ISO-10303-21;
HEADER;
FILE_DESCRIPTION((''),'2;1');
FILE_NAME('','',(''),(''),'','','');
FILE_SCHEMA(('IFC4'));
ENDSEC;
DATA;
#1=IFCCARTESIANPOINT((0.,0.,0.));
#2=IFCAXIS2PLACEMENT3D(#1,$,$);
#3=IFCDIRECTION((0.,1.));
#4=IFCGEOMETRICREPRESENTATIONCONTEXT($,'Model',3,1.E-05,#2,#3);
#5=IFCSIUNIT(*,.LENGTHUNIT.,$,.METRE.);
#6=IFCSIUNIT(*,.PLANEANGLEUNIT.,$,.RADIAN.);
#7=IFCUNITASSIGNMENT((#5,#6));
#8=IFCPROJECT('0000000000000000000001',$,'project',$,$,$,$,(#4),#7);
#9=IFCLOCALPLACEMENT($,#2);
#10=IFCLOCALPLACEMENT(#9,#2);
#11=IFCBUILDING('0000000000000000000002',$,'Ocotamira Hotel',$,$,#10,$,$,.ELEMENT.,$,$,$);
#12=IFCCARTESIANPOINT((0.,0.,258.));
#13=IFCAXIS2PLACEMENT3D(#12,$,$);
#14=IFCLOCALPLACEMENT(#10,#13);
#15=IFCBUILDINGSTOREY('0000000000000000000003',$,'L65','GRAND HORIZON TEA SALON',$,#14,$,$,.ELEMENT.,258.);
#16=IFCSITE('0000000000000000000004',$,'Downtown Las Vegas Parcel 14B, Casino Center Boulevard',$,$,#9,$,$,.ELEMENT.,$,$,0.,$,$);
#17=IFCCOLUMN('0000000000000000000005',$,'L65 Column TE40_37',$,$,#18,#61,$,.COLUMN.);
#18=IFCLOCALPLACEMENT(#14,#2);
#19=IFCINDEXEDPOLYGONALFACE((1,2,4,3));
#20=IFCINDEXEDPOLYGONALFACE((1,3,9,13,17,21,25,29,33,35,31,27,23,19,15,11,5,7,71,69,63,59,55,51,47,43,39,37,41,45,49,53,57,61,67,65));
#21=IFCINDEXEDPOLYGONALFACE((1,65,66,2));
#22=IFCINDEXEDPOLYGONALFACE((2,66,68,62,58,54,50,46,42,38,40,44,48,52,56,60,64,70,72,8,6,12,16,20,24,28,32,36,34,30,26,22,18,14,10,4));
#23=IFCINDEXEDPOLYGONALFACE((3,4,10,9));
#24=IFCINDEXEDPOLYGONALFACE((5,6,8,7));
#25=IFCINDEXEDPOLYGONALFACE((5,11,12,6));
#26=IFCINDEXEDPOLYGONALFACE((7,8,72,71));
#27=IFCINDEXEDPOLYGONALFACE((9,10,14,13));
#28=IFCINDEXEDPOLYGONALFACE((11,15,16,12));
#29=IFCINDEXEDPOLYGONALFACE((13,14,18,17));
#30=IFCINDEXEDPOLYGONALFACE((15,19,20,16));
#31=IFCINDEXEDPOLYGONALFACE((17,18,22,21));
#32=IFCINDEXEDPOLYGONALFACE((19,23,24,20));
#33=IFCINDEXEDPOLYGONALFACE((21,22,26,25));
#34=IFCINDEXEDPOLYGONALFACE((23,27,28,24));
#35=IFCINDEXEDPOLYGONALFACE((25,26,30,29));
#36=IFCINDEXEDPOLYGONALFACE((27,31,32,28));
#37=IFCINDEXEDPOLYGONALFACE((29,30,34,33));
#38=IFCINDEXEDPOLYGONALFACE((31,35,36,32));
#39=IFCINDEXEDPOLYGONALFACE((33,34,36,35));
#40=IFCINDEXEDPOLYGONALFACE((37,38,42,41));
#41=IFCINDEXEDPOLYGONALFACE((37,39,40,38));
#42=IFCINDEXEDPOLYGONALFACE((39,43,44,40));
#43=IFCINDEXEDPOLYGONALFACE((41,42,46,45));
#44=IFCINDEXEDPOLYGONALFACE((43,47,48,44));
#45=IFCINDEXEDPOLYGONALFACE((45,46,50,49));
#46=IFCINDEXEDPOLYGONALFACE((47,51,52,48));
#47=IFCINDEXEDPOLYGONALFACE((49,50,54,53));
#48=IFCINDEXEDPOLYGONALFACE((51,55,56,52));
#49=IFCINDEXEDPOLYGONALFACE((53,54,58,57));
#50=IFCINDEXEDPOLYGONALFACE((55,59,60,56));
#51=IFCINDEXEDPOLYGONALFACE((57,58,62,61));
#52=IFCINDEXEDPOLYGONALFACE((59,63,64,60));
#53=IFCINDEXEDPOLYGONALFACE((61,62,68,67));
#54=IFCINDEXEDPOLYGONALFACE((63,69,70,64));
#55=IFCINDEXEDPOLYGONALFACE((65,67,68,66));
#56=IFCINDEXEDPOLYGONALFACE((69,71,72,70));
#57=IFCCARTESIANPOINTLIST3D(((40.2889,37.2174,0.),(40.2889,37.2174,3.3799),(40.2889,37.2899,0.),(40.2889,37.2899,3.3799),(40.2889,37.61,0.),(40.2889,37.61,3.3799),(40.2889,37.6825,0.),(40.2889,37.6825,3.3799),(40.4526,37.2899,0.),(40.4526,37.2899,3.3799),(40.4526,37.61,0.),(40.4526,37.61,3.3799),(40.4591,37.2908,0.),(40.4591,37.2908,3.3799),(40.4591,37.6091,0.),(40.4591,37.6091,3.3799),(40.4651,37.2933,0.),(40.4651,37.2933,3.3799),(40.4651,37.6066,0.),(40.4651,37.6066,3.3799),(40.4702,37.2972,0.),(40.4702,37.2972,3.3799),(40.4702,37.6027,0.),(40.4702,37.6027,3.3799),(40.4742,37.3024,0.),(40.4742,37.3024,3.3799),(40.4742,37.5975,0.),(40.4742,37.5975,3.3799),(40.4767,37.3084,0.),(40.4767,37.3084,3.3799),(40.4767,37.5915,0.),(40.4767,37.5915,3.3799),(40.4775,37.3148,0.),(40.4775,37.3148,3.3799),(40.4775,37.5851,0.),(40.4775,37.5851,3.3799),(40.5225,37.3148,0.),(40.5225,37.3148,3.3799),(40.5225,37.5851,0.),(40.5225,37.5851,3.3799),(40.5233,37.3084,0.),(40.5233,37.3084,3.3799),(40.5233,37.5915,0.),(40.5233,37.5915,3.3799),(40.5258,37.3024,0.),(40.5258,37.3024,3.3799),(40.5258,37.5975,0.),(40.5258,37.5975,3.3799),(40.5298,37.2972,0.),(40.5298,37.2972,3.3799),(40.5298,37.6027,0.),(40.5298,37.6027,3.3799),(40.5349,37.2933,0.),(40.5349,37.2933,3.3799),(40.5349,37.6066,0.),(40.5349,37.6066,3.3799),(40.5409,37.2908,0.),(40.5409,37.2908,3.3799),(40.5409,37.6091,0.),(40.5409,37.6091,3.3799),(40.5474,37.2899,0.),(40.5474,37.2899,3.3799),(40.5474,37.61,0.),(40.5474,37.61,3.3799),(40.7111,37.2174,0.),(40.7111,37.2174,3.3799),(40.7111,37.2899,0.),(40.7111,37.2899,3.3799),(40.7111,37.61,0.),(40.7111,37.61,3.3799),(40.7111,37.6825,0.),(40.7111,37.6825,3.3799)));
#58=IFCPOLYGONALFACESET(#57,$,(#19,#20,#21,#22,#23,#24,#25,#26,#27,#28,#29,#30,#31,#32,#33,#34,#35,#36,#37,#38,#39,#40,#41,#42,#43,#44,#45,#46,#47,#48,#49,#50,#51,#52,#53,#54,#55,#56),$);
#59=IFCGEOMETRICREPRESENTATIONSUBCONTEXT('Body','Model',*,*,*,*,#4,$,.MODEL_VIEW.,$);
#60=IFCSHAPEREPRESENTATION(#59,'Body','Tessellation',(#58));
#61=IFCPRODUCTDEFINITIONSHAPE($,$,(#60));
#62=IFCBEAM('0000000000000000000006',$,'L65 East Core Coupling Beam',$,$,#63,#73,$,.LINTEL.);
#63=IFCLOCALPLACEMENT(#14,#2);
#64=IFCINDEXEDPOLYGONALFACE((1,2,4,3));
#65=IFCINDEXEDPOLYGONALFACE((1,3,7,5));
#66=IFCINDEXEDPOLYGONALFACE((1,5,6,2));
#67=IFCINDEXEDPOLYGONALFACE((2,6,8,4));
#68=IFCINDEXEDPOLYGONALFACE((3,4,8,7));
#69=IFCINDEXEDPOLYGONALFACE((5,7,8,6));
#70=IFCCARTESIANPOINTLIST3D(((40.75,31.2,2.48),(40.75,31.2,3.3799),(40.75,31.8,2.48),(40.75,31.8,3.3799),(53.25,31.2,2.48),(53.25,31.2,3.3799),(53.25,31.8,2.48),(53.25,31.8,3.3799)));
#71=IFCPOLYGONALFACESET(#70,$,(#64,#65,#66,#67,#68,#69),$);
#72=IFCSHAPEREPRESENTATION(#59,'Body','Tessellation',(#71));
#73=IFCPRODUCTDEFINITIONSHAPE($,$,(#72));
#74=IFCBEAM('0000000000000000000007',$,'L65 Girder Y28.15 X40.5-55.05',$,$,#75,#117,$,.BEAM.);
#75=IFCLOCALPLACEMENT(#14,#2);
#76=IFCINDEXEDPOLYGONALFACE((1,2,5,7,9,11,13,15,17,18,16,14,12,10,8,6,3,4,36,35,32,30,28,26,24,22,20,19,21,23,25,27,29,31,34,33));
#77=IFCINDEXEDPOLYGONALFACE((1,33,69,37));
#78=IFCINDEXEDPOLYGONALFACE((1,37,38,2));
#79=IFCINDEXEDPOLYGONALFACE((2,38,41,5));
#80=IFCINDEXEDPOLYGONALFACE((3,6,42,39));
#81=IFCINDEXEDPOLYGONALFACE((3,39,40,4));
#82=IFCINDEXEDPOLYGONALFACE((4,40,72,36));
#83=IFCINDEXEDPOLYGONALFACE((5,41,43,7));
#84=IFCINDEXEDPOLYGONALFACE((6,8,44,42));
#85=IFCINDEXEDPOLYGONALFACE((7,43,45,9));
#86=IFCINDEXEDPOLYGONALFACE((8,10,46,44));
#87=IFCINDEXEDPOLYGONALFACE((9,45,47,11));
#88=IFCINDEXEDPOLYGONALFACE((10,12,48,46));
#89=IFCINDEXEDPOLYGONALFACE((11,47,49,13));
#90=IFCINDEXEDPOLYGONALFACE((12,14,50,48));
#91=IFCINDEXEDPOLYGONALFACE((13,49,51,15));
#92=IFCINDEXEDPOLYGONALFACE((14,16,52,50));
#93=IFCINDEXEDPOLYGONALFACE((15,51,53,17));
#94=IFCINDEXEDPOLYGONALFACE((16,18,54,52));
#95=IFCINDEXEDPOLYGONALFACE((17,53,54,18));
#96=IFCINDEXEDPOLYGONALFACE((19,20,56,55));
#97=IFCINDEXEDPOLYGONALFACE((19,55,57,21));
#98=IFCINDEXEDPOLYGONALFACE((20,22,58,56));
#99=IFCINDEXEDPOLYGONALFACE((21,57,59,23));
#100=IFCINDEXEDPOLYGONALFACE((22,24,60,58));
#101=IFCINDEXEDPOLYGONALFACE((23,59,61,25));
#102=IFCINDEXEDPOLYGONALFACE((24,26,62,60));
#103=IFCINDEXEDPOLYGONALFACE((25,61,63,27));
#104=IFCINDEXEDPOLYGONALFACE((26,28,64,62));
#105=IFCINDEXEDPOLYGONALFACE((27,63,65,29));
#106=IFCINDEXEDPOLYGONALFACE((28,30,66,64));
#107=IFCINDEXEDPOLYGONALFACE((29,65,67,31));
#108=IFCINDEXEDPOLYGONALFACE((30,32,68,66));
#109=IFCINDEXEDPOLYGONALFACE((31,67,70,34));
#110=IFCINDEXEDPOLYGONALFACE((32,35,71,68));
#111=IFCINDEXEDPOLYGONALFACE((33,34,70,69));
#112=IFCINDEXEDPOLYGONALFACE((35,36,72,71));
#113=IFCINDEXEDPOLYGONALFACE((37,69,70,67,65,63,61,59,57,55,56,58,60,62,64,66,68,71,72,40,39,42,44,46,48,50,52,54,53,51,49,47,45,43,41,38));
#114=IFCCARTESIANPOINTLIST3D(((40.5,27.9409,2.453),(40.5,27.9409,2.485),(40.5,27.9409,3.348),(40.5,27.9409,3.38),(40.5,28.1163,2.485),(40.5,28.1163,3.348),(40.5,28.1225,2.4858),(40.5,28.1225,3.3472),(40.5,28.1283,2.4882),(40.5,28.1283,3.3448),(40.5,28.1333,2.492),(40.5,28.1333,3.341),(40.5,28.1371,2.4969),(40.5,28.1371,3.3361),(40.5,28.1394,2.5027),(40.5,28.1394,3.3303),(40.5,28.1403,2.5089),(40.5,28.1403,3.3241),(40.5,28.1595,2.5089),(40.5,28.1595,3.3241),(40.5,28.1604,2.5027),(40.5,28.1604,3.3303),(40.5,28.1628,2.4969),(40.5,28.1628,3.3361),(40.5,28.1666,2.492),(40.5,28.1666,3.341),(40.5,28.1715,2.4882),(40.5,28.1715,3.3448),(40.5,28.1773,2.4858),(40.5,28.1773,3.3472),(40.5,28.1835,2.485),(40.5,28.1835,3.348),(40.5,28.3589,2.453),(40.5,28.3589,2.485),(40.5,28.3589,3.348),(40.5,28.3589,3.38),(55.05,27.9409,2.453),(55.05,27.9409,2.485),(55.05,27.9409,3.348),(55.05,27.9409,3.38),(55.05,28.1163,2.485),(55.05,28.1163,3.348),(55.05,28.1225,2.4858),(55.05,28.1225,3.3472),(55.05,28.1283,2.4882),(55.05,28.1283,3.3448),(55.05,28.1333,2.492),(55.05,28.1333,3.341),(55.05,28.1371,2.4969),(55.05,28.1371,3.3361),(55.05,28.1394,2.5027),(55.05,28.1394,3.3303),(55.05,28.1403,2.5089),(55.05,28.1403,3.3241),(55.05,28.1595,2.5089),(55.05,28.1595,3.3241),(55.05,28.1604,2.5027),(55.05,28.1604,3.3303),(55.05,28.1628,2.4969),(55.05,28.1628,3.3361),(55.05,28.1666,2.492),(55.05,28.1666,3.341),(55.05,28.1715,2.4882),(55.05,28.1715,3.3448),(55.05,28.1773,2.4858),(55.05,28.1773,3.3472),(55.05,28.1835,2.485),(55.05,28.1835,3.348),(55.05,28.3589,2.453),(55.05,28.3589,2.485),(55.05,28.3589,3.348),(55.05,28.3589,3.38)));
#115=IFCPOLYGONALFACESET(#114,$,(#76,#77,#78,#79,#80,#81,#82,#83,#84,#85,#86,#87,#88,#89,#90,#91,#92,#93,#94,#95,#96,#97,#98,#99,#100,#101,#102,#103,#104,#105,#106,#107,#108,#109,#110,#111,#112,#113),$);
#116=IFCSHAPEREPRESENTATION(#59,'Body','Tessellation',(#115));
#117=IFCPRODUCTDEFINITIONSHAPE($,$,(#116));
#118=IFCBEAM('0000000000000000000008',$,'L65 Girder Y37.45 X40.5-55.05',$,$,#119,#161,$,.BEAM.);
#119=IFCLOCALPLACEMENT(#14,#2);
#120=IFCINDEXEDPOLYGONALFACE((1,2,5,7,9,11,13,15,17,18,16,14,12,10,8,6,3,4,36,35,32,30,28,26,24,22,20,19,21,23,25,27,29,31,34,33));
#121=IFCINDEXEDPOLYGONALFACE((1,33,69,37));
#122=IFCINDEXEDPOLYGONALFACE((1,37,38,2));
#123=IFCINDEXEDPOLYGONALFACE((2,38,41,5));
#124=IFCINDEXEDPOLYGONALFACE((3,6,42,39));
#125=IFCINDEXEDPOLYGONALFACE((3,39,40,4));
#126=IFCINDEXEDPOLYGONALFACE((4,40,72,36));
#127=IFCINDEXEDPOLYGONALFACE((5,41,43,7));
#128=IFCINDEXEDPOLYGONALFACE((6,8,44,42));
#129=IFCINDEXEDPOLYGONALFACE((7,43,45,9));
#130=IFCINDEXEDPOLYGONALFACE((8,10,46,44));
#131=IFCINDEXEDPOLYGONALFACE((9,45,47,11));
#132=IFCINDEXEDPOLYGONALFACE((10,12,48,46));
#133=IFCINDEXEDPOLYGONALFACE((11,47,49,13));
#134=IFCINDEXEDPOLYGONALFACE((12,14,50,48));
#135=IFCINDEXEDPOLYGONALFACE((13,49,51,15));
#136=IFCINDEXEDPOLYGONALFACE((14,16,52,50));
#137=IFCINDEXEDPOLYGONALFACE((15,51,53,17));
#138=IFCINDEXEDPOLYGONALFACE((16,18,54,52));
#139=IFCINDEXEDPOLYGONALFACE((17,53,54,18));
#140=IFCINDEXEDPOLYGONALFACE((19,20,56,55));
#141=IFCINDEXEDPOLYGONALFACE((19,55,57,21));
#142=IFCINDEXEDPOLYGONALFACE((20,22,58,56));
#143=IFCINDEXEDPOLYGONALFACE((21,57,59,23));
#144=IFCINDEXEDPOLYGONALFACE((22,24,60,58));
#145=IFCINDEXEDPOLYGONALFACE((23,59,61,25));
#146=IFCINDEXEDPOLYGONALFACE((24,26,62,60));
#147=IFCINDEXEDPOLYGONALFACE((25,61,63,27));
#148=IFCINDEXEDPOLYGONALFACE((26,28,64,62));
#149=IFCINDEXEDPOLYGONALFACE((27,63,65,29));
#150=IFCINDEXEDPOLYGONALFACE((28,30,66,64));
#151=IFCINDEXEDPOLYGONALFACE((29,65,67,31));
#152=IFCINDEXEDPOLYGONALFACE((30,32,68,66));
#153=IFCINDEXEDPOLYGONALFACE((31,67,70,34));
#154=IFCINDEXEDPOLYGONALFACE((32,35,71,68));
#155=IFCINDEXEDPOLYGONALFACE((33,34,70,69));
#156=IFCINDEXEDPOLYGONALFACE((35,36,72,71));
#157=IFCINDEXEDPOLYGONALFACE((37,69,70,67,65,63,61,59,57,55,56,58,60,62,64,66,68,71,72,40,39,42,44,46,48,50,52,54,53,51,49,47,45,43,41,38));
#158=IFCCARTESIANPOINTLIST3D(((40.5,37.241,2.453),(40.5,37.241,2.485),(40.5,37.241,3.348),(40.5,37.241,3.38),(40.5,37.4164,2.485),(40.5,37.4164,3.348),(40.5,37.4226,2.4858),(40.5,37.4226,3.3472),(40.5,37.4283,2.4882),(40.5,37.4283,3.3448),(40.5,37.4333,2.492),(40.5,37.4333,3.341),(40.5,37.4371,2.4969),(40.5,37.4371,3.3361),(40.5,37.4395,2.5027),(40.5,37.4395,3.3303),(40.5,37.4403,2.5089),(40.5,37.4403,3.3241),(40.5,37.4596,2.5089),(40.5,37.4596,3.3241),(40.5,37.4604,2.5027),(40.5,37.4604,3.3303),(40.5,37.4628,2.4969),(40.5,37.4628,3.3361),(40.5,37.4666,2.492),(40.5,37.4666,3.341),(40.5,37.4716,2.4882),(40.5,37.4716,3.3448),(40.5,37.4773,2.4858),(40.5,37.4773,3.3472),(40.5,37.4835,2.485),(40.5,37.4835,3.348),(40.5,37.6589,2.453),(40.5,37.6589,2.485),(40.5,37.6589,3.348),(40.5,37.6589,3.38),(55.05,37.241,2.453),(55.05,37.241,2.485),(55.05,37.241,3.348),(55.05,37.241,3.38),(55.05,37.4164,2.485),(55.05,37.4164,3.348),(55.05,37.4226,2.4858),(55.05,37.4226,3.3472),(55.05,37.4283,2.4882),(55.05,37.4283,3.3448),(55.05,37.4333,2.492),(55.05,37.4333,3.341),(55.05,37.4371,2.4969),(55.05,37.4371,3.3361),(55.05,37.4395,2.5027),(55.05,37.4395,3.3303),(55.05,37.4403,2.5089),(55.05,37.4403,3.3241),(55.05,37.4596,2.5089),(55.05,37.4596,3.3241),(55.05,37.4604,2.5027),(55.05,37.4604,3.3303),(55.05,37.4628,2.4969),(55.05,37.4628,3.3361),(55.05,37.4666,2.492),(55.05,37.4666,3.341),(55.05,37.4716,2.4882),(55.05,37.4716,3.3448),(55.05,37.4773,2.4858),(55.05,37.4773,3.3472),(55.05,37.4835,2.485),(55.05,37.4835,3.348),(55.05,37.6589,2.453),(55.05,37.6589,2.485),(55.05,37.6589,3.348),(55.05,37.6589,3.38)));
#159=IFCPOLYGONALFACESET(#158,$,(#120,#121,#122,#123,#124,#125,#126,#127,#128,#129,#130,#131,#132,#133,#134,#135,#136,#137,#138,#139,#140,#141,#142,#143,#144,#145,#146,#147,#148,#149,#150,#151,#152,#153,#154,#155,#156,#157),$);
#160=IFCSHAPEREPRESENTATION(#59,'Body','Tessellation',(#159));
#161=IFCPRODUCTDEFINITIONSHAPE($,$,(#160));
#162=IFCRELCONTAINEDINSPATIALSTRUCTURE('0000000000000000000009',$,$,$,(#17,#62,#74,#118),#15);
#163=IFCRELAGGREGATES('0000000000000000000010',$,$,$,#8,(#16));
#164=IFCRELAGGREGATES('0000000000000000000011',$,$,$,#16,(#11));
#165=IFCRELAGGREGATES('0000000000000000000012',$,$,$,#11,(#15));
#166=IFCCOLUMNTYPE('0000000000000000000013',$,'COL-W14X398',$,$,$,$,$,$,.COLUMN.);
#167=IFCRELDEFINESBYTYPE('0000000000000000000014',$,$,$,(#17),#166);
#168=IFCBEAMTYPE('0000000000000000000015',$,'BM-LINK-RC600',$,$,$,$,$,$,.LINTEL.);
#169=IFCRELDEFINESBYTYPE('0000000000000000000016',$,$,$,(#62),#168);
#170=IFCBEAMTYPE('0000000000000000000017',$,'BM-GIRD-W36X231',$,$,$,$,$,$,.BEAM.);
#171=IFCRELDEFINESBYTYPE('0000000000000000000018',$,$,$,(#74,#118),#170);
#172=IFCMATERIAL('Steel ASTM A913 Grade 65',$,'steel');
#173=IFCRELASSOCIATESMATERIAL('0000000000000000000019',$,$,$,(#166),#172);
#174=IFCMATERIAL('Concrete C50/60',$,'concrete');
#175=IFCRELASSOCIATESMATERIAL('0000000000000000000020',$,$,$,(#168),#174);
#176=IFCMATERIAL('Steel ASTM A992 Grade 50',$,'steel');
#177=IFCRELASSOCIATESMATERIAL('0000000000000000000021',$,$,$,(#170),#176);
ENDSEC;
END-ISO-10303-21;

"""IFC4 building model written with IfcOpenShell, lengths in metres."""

from ifc_helpers import new_model, si_unit, direction, frame, origin, origin_2d, place, context, subcontext, project, spatial, rectangle, i_section, extrude, source, transform, mapped, material, material_profile, profile_set, type_object, element, save


model = new_model("IFC4")

# Units and contexts
model_context = context("Model", 3, precision=1e-05, world=origin(), true_north=direction((0.0, 1.0)))
body_context = subcontext(model_context, "Body", "Model", "MODEL_VIEW")
ifc_project = project(units=[si_unit("LENGTHUNIT", "METRE"), si_unit("PLANEANGLEUNIT", "RADIAN")], contexts=[model_context])

# Site, building, storey
site_placement = place(None, origin())
site = spatial("IfcSite", under=ifc_project, at=site_placement, Name="Downtown Las Vegas Parcel 14B, Casino Center Boulevard", CompositionType="ELEMENT", RefElevation=0.0)
building_placement = place(site_placement, origin())
building = spatial("IfcBuilding", under=site, at=building_placement, Name="Ocotamira Hotel", CompositionType="ELEMENT")
storey_placement = place(building_placement, frame((0.0, 0.0, 258.0)))
storey = spatial("IfcBuildingStorey", under=building, at=storey_placement, Name="L65", Description="GRAND HORIZON TEA SALON", CompositionType="ELEMENT", Elevation=258.0)

# Column
ifc_material_1 = material(Name="Steel ASTM A913 Grade 65", Category="steel")
ifc_material_profile_1 = material_profile(ifc_material_1, i_section(OverallWidth=0.4221, OverallDepth=0.4651, WebThickness=0.0449, FlangeThickness=0.0725, FilletRadius=0.0249, at=origin_2d()), Name="W14X398")
ifc_profile_set_1 = profile_set([ifc_material_profile_1], Name="Steel ASTM A913 Grade 65")
column_type = type_object("IfcColumnType", Name="COL-W14X398", PredefinedType="COLUMN", material=ifc_profile_set_1)
shared_shape_1 = source(origin(), body_context, "Body", "SweptSolid", [
    extrude(i_section(OverallWidth=0.4221, OverallDepth=0.4651, WebThickness=0.0449, FlangeThickness=0.0725, FilletRadius=0.0249, at=origin_2d()), origin(), (0.0, 0.0, 1.0), 3.3799),
])
column_placement = place(storey_placement, frame((40.5, 37.45, 0.0), z_axis=(0.0, 0.0, 1.0), x_axis=(1.0, 0.0, 0.0)))
element("IfcColumn", 1, at=column_placement, inside=storey, type_object=column_type, Name="L65 Column TE40_37", PredefinedType="COLUMN", context=body_context, shape_type="MappedRepresentation", body=[
    mapped(shared_shape_1, transform((0.0, 0.0, 0.0), scale=1.0)),
])

# Beams
ifc_material_2 = material(Name="Concrete C50/60", Category="concrete")
ifc_material_profile_2 = material_profile(ifc_material_2, rectangle(XDim=0.6001, YDim=0.8999, at=origin_2d()), Name="RC600X900")
ifc_profile_set_2 = profile_set([ifc_material_profile_2], Name="Concrete C50/60")
beam_type_1 = type_object("IfcBeamType", Name="BM-LINK-RC600", PredefinedType="LINTEL", material=ifc_profile_set_2)
shared_shape_2 = source(origin(), body_context, "Body", "SweptSolid", [
    extrude(rectangle(XDim=0.6001, YDim=0.8999, at=origin_2d()), origin(), (0.0, 0.0, 1.0), 12.5),
])
beam_1_placement = place(storey_placement, frame((40.75, 31.5, 2.9299), z_axis=(1.0, 0.0, 0.0), x_axis=(0.0, 1.0, 0.0)))
element("IfcBeam", 2, at=beam_1_placement, inside=storey, type_object=beam_type_1, Name="L65 East Core Coupling Beam", PredefinedType="LINTEL", context=body_context, shape_type="MappedRepresentation", body=[
    mapped(shared_shape_2, transform((0.0, 0.0, 0.0), scale=1.0)),
])
ifc_material_3 = material(Name="Steel ASTM A992 Grade 50", Category="steel")
ifc_material_profile_3 = material_profile(ifc_material_3, i_section(OverallWidth=0.418, OverallDepth=0.927, WebThickness=0.0193, FlangeThickness=0.032, FilletRadius=0.0239, at=origin_2d()), Name="W36X231")
ifc_profile_set_3 = profile_set([ifc_material_profile_3], Name="Steel ASTM A992 Grade 50")
beam_type_2 = type_object("IfcBeamType", Name="BM-GIRD-W36X231", PredefinedType="BEAM", material=ifc_profile_set_3)
shared_shape_3 = source(origin(), body_context, "Body", "SweptSolid", [
    extrude(i_section(OverallWidth=0.418, OverallDepth=0.927, WebThickness=0.0193, FlangeThickness=0.032, FilletRadius=0.0239, at=origin_2d()), origin(), (0.0, 0.0, 1.0), 14.55),
])
for number, where, z_axis, x_axis, name in (
    (3, (40.5, 28.1499, 2.9165), (1.0, 0.0, 0.0), (0.0, 1.0, 0.0), "L65 Girder Y28.15 X40.5-55.05"),
    (4, (40.5, 37.45, 2.9165), (1.0, 0.0, 0.0), (0.0, 1.0, 0.0), "L65 Girder Y37.45 X40.5-55.05"),
):
    element("IfcBeam", number, at=place(storey_placement, frame(where, z_axis=z_axis, x_axis=x_axis)), inside=storey, type_object=beam_type_2, Name=name, PredefinedType="BEAM", context=body_context, shape_type="MappedRepresentation", body=[
        mapped(shared_shape_3, transform((0.0, 0.0, 0.0), scale=1.0)),
    ])

save(model, "model.ifc")
